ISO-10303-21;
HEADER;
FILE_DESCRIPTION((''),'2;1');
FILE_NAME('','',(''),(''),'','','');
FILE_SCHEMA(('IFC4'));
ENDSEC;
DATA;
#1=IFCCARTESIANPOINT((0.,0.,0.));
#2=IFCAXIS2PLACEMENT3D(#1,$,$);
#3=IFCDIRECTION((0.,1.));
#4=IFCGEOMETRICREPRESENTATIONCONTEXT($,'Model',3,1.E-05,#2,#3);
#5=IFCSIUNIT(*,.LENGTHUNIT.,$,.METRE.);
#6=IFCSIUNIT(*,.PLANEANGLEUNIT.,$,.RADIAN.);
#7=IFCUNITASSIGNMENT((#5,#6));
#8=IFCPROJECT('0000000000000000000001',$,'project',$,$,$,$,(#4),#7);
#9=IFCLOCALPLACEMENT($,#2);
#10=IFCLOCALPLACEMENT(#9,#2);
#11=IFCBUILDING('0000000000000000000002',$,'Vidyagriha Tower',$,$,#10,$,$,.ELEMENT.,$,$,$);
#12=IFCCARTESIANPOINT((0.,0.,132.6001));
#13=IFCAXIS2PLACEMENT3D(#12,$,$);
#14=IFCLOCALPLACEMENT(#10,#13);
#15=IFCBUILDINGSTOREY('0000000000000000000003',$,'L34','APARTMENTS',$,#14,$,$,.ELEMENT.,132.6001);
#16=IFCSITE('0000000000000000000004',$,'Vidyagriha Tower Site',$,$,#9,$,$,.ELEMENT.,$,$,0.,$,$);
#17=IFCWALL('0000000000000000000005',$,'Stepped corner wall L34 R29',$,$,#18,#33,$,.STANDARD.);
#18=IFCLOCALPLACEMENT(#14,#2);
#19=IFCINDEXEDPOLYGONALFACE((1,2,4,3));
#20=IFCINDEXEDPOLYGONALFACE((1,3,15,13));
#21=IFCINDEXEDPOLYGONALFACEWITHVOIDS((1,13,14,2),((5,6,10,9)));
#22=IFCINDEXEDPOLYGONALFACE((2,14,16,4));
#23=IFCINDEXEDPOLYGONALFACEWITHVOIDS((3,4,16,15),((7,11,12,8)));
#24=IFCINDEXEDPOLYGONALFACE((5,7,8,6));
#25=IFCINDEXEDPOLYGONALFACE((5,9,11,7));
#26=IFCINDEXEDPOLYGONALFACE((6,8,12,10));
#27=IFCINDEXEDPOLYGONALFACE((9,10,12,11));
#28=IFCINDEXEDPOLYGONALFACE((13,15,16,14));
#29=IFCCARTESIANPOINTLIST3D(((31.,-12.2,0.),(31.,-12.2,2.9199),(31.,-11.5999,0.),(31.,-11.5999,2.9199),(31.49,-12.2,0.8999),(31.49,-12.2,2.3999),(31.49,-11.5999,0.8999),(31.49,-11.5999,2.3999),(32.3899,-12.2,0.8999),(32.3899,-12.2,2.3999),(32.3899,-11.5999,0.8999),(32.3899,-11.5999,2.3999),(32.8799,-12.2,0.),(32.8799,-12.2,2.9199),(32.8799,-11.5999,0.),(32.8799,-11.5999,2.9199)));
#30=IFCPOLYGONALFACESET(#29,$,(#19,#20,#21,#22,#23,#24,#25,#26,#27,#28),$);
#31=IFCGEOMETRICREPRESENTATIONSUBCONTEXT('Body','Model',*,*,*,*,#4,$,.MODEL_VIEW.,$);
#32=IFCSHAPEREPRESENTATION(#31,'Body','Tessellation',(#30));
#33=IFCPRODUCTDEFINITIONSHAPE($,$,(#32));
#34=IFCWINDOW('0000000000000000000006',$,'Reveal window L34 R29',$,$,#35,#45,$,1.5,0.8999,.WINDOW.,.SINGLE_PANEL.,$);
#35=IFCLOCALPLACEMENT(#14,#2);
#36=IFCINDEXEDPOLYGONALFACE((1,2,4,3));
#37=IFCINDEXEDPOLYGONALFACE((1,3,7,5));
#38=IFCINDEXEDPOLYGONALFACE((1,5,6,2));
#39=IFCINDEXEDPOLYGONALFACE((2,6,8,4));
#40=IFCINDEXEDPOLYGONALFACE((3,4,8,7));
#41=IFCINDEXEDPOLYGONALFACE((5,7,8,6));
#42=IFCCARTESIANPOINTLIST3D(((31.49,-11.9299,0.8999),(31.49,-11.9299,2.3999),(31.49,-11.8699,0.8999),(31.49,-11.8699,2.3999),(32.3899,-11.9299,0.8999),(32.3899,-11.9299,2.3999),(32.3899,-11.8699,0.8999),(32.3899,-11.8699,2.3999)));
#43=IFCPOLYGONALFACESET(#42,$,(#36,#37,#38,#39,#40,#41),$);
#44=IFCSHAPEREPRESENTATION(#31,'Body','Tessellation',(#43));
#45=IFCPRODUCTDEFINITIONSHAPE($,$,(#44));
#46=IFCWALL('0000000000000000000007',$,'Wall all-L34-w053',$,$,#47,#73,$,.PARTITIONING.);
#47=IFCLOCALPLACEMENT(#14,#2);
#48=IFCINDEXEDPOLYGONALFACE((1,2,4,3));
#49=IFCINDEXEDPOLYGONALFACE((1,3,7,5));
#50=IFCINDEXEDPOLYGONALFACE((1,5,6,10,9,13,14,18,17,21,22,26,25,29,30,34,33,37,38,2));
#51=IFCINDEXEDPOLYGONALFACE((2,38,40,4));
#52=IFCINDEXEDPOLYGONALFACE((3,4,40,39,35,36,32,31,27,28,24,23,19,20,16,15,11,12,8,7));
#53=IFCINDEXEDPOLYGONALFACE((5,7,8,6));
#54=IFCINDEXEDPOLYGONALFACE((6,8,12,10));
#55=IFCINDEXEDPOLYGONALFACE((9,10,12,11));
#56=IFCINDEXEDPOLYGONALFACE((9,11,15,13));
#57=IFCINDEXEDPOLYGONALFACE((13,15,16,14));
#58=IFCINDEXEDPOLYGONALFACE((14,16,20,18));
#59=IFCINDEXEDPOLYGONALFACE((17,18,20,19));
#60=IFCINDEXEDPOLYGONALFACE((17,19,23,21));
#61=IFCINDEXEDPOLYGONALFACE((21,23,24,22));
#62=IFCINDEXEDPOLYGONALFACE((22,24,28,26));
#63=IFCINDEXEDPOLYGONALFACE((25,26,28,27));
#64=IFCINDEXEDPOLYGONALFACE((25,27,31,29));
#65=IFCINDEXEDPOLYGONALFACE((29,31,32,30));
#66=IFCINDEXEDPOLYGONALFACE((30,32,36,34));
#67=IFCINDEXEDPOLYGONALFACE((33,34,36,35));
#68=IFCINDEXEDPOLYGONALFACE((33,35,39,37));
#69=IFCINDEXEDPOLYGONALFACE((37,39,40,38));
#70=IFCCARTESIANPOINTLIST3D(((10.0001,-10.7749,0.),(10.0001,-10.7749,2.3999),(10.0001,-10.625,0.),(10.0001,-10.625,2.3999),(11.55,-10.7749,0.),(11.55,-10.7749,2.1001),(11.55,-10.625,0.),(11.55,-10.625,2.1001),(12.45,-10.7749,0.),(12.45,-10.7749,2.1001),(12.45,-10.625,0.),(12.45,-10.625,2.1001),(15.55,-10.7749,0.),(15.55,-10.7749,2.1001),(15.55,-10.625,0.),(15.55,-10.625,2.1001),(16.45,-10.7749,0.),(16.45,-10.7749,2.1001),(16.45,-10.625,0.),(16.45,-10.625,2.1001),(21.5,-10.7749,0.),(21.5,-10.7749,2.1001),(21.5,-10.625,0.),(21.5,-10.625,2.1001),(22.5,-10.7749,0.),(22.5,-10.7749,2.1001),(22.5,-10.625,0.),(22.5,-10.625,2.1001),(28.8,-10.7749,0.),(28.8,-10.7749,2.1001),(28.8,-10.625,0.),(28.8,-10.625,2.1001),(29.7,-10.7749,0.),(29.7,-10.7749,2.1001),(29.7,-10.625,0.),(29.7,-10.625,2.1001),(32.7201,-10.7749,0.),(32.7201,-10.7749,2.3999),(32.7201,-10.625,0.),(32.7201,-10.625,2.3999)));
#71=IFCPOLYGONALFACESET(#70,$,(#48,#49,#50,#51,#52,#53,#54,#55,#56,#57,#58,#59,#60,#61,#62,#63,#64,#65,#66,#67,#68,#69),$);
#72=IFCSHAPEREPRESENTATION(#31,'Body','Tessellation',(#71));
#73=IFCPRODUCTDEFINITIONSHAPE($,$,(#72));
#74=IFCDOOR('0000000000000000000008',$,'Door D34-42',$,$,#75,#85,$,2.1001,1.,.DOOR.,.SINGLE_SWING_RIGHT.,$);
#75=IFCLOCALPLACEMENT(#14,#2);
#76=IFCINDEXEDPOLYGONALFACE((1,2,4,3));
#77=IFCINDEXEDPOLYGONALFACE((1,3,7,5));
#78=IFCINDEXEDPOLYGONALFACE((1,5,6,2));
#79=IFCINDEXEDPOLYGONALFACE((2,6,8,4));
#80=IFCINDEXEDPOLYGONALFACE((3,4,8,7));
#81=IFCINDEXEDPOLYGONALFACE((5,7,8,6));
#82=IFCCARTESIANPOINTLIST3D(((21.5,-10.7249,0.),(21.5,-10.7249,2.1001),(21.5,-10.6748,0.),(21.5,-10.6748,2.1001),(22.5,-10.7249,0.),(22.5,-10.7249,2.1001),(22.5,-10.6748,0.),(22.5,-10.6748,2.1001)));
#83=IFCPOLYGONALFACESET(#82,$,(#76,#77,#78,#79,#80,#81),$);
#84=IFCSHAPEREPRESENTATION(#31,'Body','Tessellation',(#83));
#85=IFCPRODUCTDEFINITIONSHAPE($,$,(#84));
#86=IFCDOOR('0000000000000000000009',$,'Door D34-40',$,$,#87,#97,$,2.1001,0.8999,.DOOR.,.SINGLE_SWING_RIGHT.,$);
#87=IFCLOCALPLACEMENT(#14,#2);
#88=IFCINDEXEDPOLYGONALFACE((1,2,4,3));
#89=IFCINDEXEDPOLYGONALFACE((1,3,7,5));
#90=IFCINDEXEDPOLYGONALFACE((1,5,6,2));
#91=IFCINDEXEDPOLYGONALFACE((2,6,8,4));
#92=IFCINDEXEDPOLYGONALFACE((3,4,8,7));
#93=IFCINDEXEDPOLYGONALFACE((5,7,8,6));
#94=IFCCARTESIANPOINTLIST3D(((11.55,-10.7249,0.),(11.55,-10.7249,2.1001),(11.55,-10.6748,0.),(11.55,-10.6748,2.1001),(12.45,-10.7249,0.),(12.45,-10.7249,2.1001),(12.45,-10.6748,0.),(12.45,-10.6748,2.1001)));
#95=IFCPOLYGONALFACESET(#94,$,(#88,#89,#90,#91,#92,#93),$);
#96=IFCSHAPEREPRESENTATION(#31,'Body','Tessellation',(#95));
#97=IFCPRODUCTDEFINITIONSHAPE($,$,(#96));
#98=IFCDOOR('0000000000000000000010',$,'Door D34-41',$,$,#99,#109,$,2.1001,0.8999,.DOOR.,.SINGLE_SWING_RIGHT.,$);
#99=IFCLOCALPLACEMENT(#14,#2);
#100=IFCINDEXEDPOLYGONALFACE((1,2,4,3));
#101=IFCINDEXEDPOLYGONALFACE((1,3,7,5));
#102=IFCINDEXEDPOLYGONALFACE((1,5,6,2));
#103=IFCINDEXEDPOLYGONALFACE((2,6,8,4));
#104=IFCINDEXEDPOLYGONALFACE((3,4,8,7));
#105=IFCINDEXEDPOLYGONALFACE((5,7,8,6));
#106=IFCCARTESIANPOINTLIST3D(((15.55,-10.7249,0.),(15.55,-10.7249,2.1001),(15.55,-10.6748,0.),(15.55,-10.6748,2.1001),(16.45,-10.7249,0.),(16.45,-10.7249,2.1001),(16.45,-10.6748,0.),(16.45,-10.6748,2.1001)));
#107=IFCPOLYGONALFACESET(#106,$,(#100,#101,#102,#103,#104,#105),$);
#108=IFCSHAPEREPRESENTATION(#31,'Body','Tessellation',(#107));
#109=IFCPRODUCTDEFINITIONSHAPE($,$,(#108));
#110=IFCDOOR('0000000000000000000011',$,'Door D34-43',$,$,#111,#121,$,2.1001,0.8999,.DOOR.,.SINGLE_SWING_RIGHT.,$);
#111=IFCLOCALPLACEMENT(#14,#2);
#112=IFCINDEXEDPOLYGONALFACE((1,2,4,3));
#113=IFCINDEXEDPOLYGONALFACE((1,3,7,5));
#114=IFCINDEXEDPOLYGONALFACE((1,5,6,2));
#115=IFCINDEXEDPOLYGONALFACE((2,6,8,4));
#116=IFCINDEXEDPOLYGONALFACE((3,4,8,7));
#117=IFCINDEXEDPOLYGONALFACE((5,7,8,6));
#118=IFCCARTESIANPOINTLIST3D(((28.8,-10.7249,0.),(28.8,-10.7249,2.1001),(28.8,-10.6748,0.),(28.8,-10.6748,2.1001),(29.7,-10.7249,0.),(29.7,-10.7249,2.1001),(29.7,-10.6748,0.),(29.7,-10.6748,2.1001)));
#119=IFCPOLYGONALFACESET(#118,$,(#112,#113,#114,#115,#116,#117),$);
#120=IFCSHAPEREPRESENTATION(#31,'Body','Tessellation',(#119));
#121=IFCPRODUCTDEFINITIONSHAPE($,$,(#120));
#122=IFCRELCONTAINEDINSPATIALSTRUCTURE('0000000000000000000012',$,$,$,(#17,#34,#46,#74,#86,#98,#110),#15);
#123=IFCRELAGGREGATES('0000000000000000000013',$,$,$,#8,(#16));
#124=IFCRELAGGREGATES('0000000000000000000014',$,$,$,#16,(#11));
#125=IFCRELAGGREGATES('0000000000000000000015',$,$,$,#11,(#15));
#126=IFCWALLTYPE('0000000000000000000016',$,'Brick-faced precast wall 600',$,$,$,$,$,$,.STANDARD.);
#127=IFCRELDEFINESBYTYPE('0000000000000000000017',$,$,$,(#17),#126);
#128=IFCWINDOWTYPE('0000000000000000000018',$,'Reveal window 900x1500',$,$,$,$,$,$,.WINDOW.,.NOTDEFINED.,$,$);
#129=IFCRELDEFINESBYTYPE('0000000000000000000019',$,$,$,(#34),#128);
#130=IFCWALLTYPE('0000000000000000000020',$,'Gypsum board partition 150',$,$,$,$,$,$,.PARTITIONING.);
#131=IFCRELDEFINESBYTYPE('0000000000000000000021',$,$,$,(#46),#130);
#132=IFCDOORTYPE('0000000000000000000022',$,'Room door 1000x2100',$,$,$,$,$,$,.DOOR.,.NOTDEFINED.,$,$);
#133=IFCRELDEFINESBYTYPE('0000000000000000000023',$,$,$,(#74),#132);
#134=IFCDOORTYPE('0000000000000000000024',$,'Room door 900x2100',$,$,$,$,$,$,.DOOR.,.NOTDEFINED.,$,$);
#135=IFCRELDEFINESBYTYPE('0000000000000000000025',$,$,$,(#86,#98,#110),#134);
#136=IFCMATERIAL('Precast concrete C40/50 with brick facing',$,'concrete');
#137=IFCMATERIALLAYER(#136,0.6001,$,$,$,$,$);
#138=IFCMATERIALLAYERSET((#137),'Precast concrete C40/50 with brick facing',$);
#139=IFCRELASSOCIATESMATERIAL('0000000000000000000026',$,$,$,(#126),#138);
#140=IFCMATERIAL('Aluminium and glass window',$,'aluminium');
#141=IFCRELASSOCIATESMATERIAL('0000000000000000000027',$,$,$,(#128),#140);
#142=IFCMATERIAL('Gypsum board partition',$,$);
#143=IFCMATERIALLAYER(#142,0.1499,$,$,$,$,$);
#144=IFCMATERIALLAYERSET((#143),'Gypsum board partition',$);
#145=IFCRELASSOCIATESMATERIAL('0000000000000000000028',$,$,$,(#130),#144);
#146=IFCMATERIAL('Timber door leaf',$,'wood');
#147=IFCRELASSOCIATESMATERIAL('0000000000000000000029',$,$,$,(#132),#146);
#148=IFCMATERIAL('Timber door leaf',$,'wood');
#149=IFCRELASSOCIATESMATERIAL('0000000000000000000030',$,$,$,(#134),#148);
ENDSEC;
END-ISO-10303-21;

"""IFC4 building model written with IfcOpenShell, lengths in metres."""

from ifc_helpers import new_model, si_unit, direction, frame, frame_2d, origin, place, context, subcontext, project, spatial, rectangle, extrude, material, layer, layer_set, type_object, element, fill, save


model = new_model("IFC4")

# Units and contexts
model_context = context("Model", 3, precision=1e-05, world=origin(), true_north=direction((0.0, 1.0)))
body_context = subcontext(model_context, "Body", "Model", "MODEL_VIEW")
ifc_project = project(units=[si_unit("LENGTHUNIT", "METRE"), si_unit("PLANEANGLEUNIT", "RADIAN")], contexts=[model_context])

# Site, building, storey
site_placement = place(None, origin())
site = spatial("IfcSite", under=ifc_project, at=site_placement, Name="Vidyagriha Tower Site", CompositionType="ELEMENT", RefElevation=0.0)
building_placement = place(site_placement, origin())
building = spatial("IfcBuilding", under=site, at=building_placement, Name="Vidyagriha Tower", CompositionType="ELEMENT")
storey_placement = place(building_placement, frame((0.0, 0.0, 132.6001)))
storey = spatial("IfcBuildingStorey", under=building, at=storey_placement, Name="L34", Description="APARTMENTS", CompositionType="ELEMENT", Elevation=132.6001)

# Shared definitions
ifc_material_1 = material(Name="Precast concrete C40/50 with brick facing", Category="concrete")
ifc_layer_1 = layer(ifc_material_1, 0.6001)
ifc_layer_set_1 = layer_set([ifc_layer_1], Name="Precast concrete C40/50 with brick facing")
wall_type_1 = type_object("IfcWallType", Name="Brick-faced precast wall 600", PredefinedType="STANDARD", material=ifc_layer_set_1)

# Shared definitions
ifc_material_2 = material(Name="Aluminium and glass window", Category="aluminium")
window_type = type_object("IfcWindowType", Name="Reveal window 900x1500", PartitioningType="NOTDEFINED", PredefinedType="WINDOW", material=ifc_material_2)

# Wall, opening, window
wall_1_placement = place(storey_placement, frame((31.0, -11.8999, 0.0)))
wall_1 = element("IfcWall", 1, at=wall_1_placement, inside=storey, type_object=wall_type_1, Name="Stepped corner wall L34 R29", PredefinedType="STANDARD", context=body_context, shape_type="SweptSolid", body=[
    extrude(rectangle(XDim=1.8799, YDim=0.6001, at=frame_2d((0.9399, 0.0))), origin(), (0.0, 0.0, 1.0), 2.9199),
])
opening_1_placement = place(wall_1_placement, frame((0.49, 0.0, 0.8999)))
opening_1 = element("IfcOpeningElement", 2, at=opening_1_placement, cuts=wall_1, PredefinedType="OPENING", context=body_context, shape_type="SweptSolid", body=[
    extrude(rectangle(XDim=0.8999, YDim=1.5, at=frame_2d((0.45, 0.75))), frame((0.0, 0.3101, 0.0), z_axis=(0.0, -1.0, 0.0), x_axis=(1.0, 0.0, 0.0)), (0.0, 0.0, 1.0), 0.6201),
])
window_1_placement = place(opening_1_placement, origin())
window_1 = element("IfcWindow", 3, at=window_1_placement, inside=storey, type_object=window_type, Name="Reveal window L34 R29", OverallHeight=1.5, OverallWidth=0.8999, PartitioningType="SINGLE_PANEL", PredefinedType="WINDOW", context=body_context, shape_type="SweptSolid", body=[
    extrude(rectangle(XDim=0.8999, YDim=1.5, at=frame_2d((0.45, 0.75))), frame((0.0, 0.03, 0.0), z_axis=(0.0, -1.0, 0.0), x_axis=(1.0, 0.0, 0.0)), (0.0, 0.0, 1.0), 0.0601),
])
fill(opening_1, window_1)

# Wall, openings, doors
ifc_material_3 = material(Name="Gypsum board partition")
ifc_layer_2 = layer(ifc_material_3, 0.1499)
ifc_layer_set_2 = layer_set([ifc_layer_2], Name="Gypsum board partition")
wall_type_2 = type_object("IfcWallType", Name="Gypsum board partition 150", PredefinedType="PARTITIONING", material=ifc_layer_set_2)
wall_2_placement = place(storey_placement, frame((32.72, -10.7, 0.0), z_axis=(0.0, 0.0, 1.0), x_axis=(-1.0, 0.0, 0.0)))
wall_2 = element("IfcWall", 4, at=wall_2_placement, inside=storey, type_object=wall_type_2, Name="Wall all-L34-w053", PredefinedType="PARTITIONING", context=body_context, shape_type="SweptSolid", body=[
    extrude(rectangle(XDim=22.72, YDim=0.1499, at=frame_2d((11.3599, 0.0))), origin(), (0.0, 0.0, 1.0), 2.3999),
])
opening_2_placement = place(wall_2_placement, frame((20.27, 0.0, 0.0)))
opening_2 = element("IfcOpeningElement", 5, at=opening_2_placement, cuts=wall_2, PredefinedType="OPENING", context=body_context, shape_type="SweptSolid", body=[
    extrude(rectangle(XDim=0.8999, YDim=2.1001, at=frame_2d((0.45, 1.05))), frame((0.0, 0.085, 0.0), z_axis=(0.0, -1.0, 0.0), x_axis=(1.0, 0.0, 0.0)), (0.0, 0.0, 1.0), 0.1699),
])
opening_3_placement = place(wall_2_placement, frame((16.27, 0.0, 0.0)))
opening_3 = element("IfcOpeningElement", 6, at=opening_3_placement, cuts=wall_2, PredefinedType="OPENING", context=body_context, shape_type="SweptSolid", body=[
    extrude(rectangle(XDim=0.8999, YDim=2.1001, at=frame_2d((0.45, 1.05))), frame((0.0, 0.085, 0.0), z_axis=(0.0, -1.0, 0.0), x_axis=(1.0, 0.0, 0.0)), (0.0, 0.0, 1.0), 0.1699),
])
opening_4_placement = place(wall_2_placement, frame((10.22, 0.0, 0.0)))
opening_4 = element("IfcOpeningElement", 7, at=opening_4_placement, cuts=wall_2, PredefinedType="OPENING", context=body_context, shape_type="SweptSolid", body=[
    extrude(rectangle(XDim=1.0, YDim=2.1001, at=frame_2d((0.5, 1.05))), frame((0.0, 0.085, 0.0), z_axis=(0.0, -1.0, 0.0), x_axis=(1.0, 0.0, 0.0)), (0.0, 0.0, 1.0), 0.1699),
])
opening_5_placement = place(wall_2_placement, frame((3.02, 0.0, 0.0)))
opening_5 = element("IfcOpeningElement", 8, at=opening_5_placement, cuts=wall_2, PredefinedType="OPENING", context=body_context, shape_type="SweptSolid", body=[
    extrude(rectangle(XDim=0.8999, YDim=2.1001, at=frame_2d((0.45, 1.05))), frame((0.0, 0.085, 0.0), z_axis=(0.0, -1.0, 0.0), x_axis=(1.0, 0.0, 0.0)), (0.0, 0.0, 1.0), 0.1699),
])
ifc_material_4 = material(Name="Timber door leaf", Category="wood")
door_type_1 = type_object("IfcDoorType", Name="Room door 1000x2100", OperationType="NOTDEFINED", PredefinedType="DOOR", material=ifc_material_4)
door_1_placement = place(opening_4_placement, origin())
door_1 = element("IfcDoor", 9, at=door_1_placement, inside=storey, type_object=door_type_1, Name="Door D34-42", OperationType="SINGLE_SWING_RIGHT", OverallHeight=2.1001, OverallWidth=1.0, PredefinedType="DOOR", context=body_context, shape_type="SweptSolid", body=[
    extrude(rectangle(XDim=1.0, YDim=2.1001, at=frame_2d((0.5, 1.05))), frame((0.0, 0.0249, 0.0), z_axis=(0.0, -1.0, 0.0), x_axis=(1.0, 0.0, 0.0)), (0.0, 0.0, 1.0), 0.05),
])
fill(opening_4, door_1)
ifc_material_5 = material(Name="Timber door leaf", Category="wood")
door_type_2 = type_object("IfcDoorType", Name="Room door 900x2100", OperationType="NOTDEFINED", PredefinedType="DOOR", material=ifc_material_5)
door_2_placement = place(opening_2_placement, origin())
door_2 = element("IfcDoor", 10, at=door_2_placement, inside=storey, type_object=door_type_2, Name="Door D34-40", OperationType="SINGLE_SWING_RIGHT", OverallHeight=2.1001, OverallWidth=0.8999, PredefinedType="DOOR", context=body_context, shape_type="SweptSolid", body=[
    extrude(rectangle(XDim=0.8999, YDim=2.1001, at=frame_2d((0.45, 1.05))), frame((0.0, 0.0249, 0.0), z_axis=(0.0, -1.0, 0.0), x_axis=(1.0, 0.0, 0.0)), (0.0, 0.0, 1.0), 0.05),
])
fill(opening_2, door_2)
door_3_placement = place(opening_3_placement, origin())
door_3 = element("IfcDoor", 11, at=door_3_placement, inside=storey, type_object=door_type_2, Name="Door D34-41", OperationType="SINGLE_SWING_RIGHT", OverallHeight=2.1001, OverallWidth=0.8999, PredefinedType="DOOR", context=body_context, shape_type="SweptSolid", body=[
    extrude(rectangle(XDim=0.8999, YDim=2.1001, at=frame_2d((0.45, 1.05))), frame((0.0, 0.0249, 0.0), z_axis=(0.0, -1.0, 0.0), x_axis=(1.0, 0.0, 0.0)), (0.0, 0.0, 1.0), 0.05),
])
fill(opening_3, door_3)
door_4_placement = place(opening_5_placement, origin())
door_4 = element("IfcDoor", 12, at=door_4_placement, inside=storey, type_object=door_type_2, Name="Door D34-43", OperationType="SINGLE_SWING_RIGHT", OverallHeight=2.1001, OverallWidth=0.8999, PredefinedType="DOOR", context=body_context, shape_type="SweptSolid", body=[
    extrude(rectangle(XDim=0.8999, YDim=2.1001, at=frame_2d((0.45, 1.05))), frame((0.0, 0.0249, 0.0), z_axis=(0.0, -1.0, 0.0), x_axis=(1.0, 0.0, 0.0)), (0.0, 0.0, 1.0), 0.05),
])
fill(opening_5, door_4)

save(model, "model.ifc")
